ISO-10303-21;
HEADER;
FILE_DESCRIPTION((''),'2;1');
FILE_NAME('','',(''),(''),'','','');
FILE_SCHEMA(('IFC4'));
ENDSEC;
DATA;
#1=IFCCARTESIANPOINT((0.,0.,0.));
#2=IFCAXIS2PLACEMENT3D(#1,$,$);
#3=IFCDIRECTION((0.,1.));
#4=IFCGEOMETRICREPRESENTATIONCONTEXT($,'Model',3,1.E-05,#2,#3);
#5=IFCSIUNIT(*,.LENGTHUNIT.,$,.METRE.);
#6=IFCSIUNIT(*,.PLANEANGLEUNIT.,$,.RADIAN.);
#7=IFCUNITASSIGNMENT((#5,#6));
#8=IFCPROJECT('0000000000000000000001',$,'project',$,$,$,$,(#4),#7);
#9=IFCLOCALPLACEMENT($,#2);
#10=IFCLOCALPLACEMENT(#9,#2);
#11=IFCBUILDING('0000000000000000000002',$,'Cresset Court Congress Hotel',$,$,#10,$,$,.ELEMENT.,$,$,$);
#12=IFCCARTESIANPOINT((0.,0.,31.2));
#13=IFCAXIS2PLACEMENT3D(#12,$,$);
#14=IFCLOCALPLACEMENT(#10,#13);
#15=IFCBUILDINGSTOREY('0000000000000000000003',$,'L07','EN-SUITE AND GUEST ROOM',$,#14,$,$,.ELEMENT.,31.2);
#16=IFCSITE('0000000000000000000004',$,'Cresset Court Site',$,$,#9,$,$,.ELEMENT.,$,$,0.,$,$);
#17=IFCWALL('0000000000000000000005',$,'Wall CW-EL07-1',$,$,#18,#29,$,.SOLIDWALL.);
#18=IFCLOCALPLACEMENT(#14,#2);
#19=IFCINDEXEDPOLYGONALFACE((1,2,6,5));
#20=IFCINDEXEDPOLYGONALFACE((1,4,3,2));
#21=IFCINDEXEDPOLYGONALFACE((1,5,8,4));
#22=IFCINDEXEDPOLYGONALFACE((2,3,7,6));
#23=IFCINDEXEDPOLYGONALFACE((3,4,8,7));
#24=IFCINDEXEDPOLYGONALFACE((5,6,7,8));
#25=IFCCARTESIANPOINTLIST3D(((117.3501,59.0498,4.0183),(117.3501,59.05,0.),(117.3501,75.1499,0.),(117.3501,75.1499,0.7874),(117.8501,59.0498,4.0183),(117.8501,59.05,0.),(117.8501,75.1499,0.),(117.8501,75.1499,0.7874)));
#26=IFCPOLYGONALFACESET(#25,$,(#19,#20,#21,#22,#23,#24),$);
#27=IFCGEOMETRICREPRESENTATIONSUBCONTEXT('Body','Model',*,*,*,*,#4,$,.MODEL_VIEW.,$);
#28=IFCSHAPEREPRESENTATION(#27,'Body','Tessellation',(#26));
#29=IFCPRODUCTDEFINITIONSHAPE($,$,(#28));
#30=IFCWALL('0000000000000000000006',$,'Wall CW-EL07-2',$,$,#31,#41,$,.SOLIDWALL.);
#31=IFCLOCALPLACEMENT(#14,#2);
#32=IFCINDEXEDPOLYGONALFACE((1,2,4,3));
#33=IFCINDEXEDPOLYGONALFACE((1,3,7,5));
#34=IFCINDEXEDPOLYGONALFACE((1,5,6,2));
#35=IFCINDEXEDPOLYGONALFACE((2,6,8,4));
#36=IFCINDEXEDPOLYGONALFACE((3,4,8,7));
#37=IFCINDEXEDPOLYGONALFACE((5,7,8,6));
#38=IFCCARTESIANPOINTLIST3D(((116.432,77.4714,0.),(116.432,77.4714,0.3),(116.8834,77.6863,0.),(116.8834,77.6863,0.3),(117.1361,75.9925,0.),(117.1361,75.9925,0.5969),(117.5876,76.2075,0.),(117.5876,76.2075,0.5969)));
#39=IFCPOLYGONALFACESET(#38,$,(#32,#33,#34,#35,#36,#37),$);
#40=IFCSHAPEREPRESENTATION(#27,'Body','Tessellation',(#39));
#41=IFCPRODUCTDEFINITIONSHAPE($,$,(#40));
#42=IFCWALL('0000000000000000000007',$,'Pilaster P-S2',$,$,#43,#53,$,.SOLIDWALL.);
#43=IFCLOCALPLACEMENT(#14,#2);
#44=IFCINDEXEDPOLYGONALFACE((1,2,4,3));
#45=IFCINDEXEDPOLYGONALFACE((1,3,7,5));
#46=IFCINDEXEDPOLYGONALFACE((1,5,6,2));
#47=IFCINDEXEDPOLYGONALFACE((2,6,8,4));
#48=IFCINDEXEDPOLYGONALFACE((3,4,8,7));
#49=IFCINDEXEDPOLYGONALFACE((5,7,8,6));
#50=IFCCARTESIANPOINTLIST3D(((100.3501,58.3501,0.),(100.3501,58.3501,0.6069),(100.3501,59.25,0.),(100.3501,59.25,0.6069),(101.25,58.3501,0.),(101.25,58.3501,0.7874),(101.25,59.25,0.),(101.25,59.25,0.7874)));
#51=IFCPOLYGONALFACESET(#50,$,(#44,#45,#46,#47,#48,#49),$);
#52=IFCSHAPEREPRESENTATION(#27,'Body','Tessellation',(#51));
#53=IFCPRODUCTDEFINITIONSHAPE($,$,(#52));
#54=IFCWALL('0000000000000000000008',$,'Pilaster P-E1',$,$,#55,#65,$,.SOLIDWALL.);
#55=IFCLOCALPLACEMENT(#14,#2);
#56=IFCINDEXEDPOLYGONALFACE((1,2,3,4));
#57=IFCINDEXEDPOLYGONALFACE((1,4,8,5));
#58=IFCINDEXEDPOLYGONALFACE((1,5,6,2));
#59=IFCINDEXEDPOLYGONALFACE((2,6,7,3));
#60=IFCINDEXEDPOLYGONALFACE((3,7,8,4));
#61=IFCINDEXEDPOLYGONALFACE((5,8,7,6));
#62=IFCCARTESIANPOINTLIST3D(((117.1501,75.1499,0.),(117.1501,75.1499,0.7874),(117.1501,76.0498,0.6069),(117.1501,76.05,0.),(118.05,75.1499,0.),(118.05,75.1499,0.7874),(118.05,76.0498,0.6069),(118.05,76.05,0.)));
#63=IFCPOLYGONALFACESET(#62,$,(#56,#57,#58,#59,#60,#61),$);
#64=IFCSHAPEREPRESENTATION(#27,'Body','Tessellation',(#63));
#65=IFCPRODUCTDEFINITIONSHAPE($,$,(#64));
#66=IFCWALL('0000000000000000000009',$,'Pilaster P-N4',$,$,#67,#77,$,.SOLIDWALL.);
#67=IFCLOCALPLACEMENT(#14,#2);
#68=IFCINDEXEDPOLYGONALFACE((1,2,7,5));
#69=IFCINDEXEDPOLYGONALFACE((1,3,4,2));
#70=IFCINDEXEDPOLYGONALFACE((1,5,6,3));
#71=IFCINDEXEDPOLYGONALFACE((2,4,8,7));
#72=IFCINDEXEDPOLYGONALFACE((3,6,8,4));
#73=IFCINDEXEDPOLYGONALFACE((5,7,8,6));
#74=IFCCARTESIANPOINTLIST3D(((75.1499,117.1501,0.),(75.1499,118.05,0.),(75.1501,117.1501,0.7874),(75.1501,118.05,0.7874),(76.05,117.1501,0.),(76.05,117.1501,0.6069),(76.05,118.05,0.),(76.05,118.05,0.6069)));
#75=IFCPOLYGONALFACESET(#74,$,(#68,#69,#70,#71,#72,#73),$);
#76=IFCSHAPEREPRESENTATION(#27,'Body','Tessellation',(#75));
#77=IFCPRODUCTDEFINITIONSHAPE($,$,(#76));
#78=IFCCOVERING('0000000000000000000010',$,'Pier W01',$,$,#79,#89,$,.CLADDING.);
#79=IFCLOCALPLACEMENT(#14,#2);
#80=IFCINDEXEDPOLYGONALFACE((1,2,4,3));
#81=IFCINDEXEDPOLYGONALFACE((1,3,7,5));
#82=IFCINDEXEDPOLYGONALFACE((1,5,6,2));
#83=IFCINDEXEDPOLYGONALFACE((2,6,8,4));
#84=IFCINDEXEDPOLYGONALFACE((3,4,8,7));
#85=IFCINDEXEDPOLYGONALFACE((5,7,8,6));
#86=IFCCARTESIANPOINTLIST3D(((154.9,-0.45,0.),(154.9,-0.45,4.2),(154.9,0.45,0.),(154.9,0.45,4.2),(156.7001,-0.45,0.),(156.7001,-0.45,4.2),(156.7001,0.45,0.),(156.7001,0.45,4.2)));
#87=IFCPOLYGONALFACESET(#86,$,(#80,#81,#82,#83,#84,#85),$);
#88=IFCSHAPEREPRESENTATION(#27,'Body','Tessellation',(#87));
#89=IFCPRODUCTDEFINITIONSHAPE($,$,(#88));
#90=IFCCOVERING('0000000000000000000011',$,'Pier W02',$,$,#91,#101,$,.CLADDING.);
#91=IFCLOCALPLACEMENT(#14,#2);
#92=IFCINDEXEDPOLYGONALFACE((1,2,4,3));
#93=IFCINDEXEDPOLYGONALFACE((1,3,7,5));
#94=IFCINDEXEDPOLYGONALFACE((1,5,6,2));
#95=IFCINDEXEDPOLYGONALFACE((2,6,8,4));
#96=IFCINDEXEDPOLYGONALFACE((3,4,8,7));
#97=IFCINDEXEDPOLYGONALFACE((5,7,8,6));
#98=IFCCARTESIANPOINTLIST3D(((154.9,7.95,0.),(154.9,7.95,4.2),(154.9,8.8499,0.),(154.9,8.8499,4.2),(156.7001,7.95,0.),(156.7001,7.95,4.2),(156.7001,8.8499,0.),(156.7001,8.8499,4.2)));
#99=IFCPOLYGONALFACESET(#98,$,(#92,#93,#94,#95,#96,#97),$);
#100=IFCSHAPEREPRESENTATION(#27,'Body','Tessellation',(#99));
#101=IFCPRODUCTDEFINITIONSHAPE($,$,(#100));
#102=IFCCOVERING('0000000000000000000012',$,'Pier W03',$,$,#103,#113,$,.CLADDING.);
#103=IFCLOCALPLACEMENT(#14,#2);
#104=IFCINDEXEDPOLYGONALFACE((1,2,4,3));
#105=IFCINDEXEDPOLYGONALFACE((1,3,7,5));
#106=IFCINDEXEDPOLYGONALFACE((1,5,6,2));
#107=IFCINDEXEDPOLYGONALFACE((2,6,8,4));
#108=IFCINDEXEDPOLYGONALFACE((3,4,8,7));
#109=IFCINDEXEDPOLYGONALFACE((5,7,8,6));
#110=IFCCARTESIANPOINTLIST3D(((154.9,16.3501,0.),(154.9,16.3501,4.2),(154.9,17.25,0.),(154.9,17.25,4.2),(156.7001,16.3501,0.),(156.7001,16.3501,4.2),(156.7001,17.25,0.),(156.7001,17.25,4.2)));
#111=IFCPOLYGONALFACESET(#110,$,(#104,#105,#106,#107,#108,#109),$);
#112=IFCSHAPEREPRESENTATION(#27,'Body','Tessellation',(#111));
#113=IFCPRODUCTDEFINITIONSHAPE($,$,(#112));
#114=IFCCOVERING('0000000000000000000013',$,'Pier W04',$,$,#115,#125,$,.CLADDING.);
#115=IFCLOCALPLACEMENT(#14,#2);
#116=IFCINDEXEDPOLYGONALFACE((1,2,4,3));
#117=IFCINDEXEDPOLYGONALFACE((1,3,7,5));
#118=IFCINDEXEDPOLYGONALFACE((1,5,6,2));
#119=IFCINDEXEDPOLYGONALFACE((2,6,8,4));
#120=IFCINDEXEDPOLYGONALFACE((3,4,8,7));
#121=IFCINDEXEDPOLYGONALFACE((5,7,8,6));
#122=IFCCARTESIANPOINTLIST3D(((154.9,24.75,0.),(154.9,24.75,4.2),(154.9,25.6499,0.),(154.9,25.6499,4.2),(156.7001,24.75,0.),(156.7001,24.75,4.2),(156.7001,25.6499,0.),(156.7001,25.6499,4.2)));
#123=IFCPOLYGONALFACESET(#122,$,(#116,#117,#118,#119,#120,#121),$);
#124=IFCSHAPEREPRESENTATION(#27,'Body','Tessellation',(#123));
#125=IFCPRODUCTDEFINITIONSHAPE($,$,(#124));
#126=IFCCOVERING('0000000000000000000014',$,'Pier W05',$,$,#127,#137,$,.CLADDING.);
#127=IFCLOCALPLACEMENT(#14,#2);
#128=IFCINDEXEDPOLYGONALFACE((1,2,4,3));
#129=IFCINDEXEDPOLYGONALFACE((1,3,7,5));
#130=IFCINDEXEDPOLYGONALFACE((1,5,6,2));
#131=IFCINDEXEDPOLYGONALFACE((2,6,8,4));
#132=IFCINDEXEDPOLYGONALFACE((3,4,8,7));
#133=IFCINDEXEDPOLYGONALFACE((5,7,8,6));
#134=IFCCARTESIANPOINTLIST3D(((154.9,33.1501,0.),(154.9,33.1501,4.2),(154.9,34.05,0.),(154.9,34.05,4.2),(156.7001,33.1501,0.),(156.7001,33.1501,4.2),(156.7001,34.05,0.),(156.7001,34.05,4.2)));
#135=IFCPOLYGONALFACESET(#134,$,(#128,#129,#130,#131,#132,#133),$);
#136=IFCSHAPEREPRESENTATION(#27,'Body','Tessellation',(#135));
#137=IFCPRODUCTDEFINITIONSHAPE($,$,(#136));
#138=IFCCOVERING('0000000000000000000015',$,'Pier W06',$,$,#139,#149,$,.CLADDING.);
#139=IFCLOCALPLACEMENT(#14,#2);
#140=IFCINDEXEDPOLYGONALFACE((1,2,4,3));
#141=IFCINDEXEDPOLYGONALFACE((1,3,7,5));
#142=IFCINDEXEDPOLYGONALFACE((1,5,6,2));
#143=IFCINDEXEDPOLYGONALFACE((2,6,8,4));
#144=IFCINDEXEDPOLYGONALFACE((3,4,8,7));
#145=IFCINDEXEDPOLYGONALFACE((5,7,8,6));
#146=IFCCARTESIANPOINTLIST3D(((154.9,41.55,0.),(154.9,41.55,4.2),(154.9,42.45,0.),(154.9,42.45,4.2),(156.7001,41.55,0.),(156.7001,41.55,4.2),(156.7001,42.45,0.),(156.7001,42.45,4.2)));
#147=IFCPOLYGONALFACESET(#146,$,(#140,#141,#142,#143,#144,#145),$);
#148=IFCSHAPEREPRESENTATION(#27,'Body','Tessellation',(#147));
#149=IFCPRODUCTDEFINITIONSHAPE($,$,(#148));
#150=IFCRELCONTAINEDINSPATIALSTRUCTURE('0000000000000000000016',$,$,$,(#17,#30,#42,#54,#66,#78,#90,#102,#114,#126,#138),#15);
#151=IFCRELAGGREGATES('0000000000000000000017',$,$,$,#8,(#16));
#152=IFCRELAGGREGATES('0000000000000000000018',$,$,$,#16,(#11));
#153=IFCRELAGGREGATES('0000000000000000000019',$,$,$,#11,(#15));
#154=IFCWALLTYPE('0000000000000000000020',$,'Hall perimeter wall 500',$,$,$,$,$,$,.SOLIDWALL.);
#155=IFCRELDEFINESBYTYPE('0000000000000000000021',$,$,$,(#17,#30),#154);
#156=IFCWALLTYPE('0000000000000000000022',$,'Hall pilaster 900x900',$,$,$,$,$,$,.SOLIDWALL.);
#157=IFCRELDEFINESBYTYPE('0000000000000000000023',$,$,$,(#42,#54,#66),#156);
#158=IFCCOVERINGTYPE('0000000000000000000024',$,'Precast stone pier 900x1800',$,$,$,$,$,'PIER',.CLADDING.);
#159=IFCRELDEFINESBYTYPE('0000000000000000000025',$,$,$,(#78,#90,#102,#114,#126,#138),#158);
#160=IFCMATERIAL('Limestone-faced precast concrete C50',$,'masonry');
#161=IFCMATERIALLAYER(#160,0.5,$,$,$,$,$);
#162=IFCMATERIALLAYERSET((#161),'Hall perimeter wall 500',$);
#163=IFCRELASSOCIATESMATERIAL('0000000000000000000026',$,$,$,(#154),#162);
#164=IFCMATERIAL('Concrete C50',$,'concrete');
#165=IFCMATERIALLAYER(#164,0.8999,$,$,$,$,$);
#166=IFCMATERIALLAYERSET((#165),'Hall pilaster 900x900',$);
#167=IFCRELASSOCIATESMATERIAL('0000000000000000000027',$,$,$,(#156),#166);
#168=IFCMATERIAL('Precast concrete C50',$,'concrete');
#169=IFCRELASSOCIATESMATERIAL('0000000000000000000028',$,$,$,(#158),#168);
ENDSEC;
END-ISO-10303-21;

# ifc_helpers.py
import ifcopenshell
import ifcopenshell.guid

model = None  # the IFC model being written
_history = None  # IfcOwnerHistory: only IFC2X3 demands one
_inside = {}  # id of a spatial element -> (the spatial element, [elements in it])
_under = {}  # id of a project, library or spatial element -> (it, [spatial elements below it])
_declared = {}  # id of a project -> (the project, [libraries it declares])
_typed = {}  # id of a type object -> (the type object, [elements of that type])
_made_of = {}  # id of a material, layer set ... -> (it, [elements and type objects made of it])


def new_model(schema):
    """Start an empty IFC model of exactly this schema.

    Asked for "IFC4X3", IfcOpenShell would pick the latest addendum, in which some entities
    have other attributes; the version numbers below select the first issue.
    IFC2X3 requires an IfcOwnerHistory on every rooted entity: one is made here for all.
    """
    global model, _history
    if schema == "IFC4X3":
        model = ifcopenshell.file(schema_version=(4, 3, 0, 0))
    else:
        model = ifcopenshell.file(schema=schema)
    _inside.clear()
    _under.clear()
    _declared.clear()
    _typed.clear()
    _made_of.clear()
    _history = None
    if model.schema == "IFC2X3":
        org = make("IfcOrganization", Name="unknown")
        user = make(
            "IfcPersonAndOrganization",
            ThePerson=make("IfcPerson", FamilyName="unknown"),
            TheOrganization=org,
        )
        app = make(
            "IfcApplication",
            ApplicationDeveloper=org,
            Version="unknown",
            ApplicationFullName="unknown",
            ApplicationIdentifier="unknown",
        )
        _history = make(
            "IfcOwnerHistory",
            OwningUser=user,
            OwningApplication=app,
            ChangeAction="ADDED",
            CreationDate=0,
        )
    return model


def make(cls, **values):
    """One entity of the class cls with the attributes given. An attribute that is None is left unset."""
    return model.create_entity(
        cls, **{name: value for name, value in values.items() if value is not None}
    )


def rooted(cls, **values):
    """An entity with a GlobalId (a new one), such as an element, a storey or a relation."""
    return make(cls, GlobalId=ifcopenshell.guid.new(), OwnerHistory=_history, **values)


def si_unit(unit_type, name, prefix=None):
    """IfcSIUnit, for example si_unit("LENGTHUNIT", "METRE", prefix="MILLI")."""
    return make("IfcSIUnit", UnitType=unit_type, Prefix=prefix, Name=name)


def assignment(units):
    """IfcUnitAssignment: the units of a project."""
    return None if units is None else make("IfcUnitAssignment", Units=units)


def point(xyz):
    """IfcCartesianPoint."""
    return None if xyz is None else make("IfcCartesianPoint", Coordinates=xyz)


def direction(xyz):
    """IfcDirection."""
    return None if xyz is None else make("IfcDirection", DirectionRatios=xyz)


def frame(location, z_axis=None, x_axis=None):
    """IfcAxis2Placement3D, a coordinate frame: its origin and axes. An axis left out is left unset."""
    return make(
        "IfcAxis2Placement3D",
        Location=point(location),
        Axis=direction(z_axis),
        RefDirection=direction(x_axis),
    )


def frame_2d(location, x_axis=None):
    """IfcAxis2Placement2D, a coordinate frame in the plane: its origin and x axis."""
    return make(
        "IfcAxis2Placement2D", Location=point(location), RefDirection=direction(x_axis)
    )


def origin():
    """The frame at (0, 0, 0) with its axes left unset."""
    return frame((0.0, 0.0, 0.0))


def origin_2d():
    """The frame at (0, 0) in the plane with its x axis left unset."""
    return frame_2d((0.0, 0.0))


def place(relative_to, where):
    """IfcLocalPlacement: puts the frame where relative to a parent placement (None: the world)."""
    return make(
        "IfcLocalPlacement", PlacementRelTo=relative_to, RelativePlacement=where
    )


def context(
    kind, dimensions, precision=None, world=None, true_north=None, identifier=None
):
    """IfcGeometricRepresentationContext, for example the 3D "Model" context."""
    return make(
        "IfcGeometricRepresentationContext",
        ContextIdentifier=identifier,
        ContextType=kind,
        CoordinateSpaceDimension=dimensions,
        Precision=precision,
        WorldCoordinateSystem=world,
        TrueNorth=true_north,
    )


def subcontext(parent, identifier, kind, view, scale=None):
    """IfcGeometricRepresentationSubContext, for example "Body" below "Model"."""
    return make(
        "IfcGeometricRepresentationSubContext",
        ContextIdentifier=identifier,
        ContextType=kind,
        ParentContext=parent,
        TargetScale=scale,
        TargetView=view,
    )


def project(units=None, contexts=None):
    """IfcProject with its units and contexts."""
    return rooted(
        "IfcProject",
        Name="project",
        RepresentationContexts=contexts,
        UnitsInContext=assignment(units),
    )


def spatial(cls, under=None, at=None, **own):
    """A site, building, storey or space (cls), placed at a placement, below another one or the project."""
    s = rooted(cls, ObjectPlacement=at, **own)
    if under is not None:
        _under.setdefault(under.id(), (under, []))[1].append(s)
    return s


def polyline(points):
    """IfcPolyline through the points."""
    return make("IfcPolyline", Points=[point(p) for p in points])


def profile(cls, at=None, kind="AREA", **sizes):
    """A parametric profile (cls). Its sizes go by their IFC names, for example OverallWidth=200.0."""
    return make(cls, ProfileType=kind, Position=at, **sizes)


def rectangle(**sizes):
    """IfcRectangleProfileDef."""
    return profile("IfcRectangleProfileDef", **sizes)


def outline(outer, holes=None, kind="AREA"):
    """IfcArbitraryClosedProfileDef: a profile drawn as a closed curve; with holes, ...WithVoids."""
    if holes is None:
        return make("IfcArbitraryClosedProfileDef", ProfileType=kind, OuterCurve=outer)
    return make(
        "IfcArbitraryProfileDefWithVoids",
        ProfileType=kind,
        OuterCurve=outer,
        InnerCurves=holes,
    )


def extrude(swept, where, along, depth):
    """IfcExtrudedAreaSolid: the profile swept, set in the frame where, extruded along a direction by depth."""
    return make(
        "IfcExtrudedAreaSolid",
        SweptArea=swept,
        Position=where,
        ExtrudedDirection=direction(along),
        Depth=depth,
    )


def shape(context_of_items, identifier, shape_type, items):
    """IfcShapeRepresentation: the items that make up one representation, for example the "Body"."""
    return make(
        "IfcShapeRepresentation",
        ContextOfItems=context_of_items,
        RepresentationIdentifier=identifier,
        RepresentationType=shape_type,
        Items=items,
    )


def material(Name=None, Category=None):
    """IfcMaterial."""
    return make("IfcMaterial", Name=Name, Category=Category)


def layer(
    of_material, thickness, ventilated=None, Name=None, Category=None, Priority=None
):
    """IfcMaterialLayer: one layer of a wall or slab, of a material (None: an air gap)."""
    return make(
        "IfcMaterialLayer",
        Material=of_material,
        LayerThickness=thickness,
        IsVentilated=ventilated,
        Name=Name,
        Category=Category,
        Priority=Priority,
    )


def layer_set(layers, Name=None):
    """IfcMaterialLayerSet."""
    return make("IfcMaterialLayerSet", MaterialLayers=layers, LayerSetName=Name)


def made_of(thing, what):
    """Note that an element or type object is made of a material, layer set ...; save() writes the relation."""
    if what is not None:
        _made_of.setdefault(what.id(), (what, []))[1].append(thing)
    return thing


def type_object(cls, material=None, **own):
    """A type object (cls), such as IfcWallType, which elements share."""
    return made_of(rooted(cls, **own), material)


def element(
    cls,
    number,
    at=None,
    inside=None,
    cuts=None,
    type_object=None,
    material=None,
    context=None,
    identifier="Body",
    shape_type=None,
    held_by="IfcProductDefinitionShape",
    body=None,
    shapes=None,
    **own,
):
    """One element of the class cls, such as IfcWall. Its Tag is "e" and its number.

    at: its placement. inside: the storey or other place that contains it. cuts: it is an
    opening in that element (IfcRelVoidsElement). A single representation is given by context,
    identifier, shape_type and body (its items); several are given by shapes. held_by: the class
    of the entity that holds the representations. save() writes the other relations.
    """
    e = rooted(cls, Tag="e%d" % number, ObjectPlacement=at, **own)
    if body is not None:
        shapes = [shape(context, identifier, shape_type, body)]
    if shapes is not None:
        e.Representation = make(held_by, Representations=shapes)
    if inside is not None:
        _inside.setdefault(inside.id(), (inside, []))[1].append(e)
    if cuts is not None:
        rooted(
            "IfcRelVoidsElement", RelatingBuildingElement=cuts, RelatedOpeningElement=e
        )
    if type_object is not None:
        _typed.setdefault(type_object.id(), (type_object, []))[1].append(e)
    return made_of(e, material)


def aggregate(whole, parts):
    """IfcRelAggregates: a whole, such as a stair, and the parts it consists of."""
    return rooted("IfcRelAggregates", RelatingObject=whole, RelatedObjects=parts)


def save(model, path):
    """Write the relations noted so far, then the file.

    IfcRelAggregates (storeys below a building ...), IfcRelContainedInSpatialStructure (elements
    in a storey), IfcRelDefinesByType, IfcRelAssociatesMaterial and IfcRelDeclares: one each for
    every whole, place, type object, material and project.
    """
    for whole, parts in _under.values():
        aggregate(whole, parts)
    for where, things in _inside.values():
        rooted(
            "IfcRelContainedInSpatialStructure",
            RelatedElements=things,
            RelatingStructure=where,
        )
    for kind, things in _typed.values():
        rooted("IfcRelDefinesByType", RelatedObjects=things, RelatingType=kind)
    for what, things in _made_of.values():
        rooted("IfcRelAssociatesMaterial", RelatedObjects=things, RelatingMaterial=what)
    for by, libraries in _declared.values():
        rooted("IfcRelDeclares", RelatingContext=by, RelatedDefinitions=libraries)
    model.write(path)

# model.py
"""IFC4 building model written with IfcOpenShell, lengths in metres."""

from ifc_helpers import new_model, si_unit, direction, frame, origin, origin_2d, place, context, subcontext, project, spatial, polyline, rectangle, outline, extrude, material, layer, layer_set, type_object, element, save


model = new_model("IFC4")

# Units and contexts
model_context = context("Model", 3, precision=1e-05, world=origin(), true_north=direction((0.0, 1.0)))
body_context = subcontext(model_context, "Body", "Model", "MODEL_VIEW")
ifc_project = project(units=[si_unit("LENGTHUNIT", "METRE"), si_unit("PLANEANGLEUNIT", "RADIAN")], contexts=[model_context])

# Site, building, storey
site_placement = place(None, origin())
site = spatial("IfcSite", under=ifc_project, at=site_placement, Name="Cresset Court Site", CompositionType="ELEMENT", RefElevation=0.0)
building_placement = place(site_placement, origin())
building = spatial("IfcBuilding", under=site, at=building_placement, Name="Cresset Court Congress Hotel", CompositionType="ELEMENT")
storey_placement = place(building_placement, frame((0.0, 0.0, 31.2)))
storey = spatial("IfcBuildingStorey", under=building, at=storey_placement, Name="L07", Description="EN-SUITE AND GUEST ROOM", CompositionType="ELEMENT", Elevation=31.2)

# Walls
ifc_material_1 = material(Name="Limestone-faced precast concrete C50", Category="masonry")
ifc_layer_1 = layer(ifc_material_1, 0.5)
ifc_layer_set_1 = layer_set([ifc_layer_1], Name="Hall perimeter wall 500")
wall_type_1 = type_object("IfcWallType", Name="Hall perimeter wall 500", PredefinedType="SOLIDWALL", material=ifc_layer_set_1)
wall_1_placement = place(storey_placement, frame((117.6001, 75.1499, 0.0), z_axis=(0.0, 0.0, 1.0), x_axis=(0.0, -1.0, 0.0)))
element("IfcWall", 1, at=wall_1_placement, inside=storey, type_object=wall_type_1, Name="Wall CW-EL07-1", PredefinedType="SOLIDWALL", context=body_context, shape_type="SweptSolid", body=[
    extrude(outline(polyline([(0.0, 0.0), (16.0999, 0.0), (16.1001, 4.0183), (0.0, 0.7874), (0.0, 0.0)])), frame((0.0, 0.25, 0.0), z_axis=(0.0, -1.0, 0.0), x_axis=(1.0, 0.0, 0.0)), (0.0, 0.0, 1.0), 0.5),
])
wall_2_placement = place(storey_placement, frame((116.6577, 77.5789, 0.0), z_axis=(0.0, 0.0, 1.0), x_axis=(0.429899, -0.902877, 0.0)))
element("IfcWall", 2, at=wall_2_placement, inside=storey, type_object=wall_type_1, Name="Wall CW-EL07-2", PredefinedType="SOLIDWALL", context=body_context, shape_type="SweptSolid", body=[
    extrude(outline(polyline([(0.0, 0.0), (1.6379, 0.0), (1.6379, 0.5969), (0.0, 0.3), (0.0, 0.0)])), frame((0.0, 0.25, 0.0), z_axis=(0.0, -1.0, 0.0), x_axis=(1.0, 0.0, 0.0)), (0.0, 0.0, 1.0), 0.5),
])
ifc_material_2 = material(Name="Concrete C50", Category="concrete")
ifc_layer_2 = layer(ifc_material_2, 0.8999)
ifc_layer_set_2 = layer_set([ifc_layer_2], Name="Hall pilaster 900x900")
wall_type_2 = type_object("IfcWallType", Name="Hall pilaster 900x900", PredefinedType="SOLIDWALL", material=ifc_layer_set_2)
wall_3_placement = place(storey_placement, frame((100.3501, 58.8, 0.0), z_axis=(0.0, 0.0, 1.0), x_axis=(1.0, 0.0, 0.0)))
element("IfcWall", 3, at=wall_3_placement, inside=storey, type_object=wall_type_2, Name="Pilaster P-S2", PredefinedType="SOLIDWALL", context=body_context, shape_type="SweptSolid", body=[
    extrude(outline(polyline([(0.0, 0.0), (0.8999, 0.0), (0.8999, 0.7874), (0.0, 0.6069), (0.0, 0.0)])), frame((0.0, 0.45, 0.0), z_axis=(0.0, -1.0, 0.0), x_axis=(1.0, 0.0, 0.0)), (0.0, 0.0, 1.0), 0.8999),
])
wall_4_placement = place(storey_placement, frame((117.6001, 75.1499, 0.0), z_axis=(0.0, 0.0, 1.0), x_axis=(0.0, 1.0, 0.0)))
element("IfcWall", 4, at=wall_4_placement, inside=storey, type_object=wall_type_2, Name="Pilaster P-E1", PredefinedType="SOLIDWALL", context=body_context, shape_type="SweptSolid", body=[
    extrude(outline(polyline([(0.0, 0.0), (0.9001, 0.0), (0.8999, 0.6069), (0.0, 0.7874), (0.0, 0.0)])), frame((0.0, 0.45, 0.0), z_axis=(0.0, -1.0, 0.0), x_axis=(1.0, 0.0, 0.0)), (0.0, 0.0, 1.0), 0.8999),
])
wall_5_placement = place(storey_placement, frame((76.05, 117.6001, 0.0), z_axis=(0.0, 0.0, 1.0), x_axis=(-1.0, 0.0, 0.0)))
element("IfcWall", 5, at=wall_5_placement, inside=storey, type_object=wall_type_2, Name="Pilaster P-N4", PredefinedType="SOLIDWALL", context=body_context, shape_type="SweptSolid", body=[
    extrude(outline(polyline([(0.0, 0.0), (0.9001, 0.0), (0.8999, 0.7874), (0.0, 0.6069), (0.0, 0.0)])), frame((0.0, 0.45, 0.0), z_axis=(0.0, -1.0, 0.0), x_axis=(1.0, 0.0, 0.0)), (0.0, 0.0, 1.0), 0.8999),
])

# Coverings
ifc_material_3 = material(Name="Precast concrete C50", Category="concrete")
covering_type = type_object("IfcCoveringType", Name="Precast stone pier 900x1800", ElementType="PIER", PredefinedType="CLADDING", material=ifc_material_3)
for number, where, z_axis, x_axis, name in (
    (6, (155.8, 0.0, 0.0), (0.0, 0.0, 1.0), (1.0, 0.0, 0.0), "Pier W01"),
    (7, (155.8, 8.3999, 0.0), (0.0, 0.0, 1.0), (1.0, 0.0, 0.0), "Pier W02"),
    (8, (155.8, 16.8, 0.0), (0.0, 0.0, 1.0), (1.0, 0.0, 0.0), "Pier W03"),
    (9, (155.8, 25.2, 0.0), (0.0, 0.0, 1.0), (1.0, 0.0, 0.0), "Pier W04"),
    (10, (155.8, 33.6001, 0.0), (0.0, 0.0, 1.0), (1.0, 0.0, 0.0), "Pier W05"),
    (11, (155.8, 42.0, 0.0), (0.0, 0.0, 1.0), (1.0, 0.0, 0.0), "Pier W06"),
):
    element("IfcCovering", number, at=place(storey_placement, frame(where, z_axis=z_axis, x_axis=x_axis)), inside=storey, type_object=covering_type, Name=name, PredefinedType="CLADDING", context=body_context, shape_type="SweptSolid", body=[
        extrude(rectangle(XDim=1.8, YDim=0.8999, at=origin_2d()), origin(), (0.0, 0.0, 1.0), 4.2),
    ])

save(model, "model.ifc")
